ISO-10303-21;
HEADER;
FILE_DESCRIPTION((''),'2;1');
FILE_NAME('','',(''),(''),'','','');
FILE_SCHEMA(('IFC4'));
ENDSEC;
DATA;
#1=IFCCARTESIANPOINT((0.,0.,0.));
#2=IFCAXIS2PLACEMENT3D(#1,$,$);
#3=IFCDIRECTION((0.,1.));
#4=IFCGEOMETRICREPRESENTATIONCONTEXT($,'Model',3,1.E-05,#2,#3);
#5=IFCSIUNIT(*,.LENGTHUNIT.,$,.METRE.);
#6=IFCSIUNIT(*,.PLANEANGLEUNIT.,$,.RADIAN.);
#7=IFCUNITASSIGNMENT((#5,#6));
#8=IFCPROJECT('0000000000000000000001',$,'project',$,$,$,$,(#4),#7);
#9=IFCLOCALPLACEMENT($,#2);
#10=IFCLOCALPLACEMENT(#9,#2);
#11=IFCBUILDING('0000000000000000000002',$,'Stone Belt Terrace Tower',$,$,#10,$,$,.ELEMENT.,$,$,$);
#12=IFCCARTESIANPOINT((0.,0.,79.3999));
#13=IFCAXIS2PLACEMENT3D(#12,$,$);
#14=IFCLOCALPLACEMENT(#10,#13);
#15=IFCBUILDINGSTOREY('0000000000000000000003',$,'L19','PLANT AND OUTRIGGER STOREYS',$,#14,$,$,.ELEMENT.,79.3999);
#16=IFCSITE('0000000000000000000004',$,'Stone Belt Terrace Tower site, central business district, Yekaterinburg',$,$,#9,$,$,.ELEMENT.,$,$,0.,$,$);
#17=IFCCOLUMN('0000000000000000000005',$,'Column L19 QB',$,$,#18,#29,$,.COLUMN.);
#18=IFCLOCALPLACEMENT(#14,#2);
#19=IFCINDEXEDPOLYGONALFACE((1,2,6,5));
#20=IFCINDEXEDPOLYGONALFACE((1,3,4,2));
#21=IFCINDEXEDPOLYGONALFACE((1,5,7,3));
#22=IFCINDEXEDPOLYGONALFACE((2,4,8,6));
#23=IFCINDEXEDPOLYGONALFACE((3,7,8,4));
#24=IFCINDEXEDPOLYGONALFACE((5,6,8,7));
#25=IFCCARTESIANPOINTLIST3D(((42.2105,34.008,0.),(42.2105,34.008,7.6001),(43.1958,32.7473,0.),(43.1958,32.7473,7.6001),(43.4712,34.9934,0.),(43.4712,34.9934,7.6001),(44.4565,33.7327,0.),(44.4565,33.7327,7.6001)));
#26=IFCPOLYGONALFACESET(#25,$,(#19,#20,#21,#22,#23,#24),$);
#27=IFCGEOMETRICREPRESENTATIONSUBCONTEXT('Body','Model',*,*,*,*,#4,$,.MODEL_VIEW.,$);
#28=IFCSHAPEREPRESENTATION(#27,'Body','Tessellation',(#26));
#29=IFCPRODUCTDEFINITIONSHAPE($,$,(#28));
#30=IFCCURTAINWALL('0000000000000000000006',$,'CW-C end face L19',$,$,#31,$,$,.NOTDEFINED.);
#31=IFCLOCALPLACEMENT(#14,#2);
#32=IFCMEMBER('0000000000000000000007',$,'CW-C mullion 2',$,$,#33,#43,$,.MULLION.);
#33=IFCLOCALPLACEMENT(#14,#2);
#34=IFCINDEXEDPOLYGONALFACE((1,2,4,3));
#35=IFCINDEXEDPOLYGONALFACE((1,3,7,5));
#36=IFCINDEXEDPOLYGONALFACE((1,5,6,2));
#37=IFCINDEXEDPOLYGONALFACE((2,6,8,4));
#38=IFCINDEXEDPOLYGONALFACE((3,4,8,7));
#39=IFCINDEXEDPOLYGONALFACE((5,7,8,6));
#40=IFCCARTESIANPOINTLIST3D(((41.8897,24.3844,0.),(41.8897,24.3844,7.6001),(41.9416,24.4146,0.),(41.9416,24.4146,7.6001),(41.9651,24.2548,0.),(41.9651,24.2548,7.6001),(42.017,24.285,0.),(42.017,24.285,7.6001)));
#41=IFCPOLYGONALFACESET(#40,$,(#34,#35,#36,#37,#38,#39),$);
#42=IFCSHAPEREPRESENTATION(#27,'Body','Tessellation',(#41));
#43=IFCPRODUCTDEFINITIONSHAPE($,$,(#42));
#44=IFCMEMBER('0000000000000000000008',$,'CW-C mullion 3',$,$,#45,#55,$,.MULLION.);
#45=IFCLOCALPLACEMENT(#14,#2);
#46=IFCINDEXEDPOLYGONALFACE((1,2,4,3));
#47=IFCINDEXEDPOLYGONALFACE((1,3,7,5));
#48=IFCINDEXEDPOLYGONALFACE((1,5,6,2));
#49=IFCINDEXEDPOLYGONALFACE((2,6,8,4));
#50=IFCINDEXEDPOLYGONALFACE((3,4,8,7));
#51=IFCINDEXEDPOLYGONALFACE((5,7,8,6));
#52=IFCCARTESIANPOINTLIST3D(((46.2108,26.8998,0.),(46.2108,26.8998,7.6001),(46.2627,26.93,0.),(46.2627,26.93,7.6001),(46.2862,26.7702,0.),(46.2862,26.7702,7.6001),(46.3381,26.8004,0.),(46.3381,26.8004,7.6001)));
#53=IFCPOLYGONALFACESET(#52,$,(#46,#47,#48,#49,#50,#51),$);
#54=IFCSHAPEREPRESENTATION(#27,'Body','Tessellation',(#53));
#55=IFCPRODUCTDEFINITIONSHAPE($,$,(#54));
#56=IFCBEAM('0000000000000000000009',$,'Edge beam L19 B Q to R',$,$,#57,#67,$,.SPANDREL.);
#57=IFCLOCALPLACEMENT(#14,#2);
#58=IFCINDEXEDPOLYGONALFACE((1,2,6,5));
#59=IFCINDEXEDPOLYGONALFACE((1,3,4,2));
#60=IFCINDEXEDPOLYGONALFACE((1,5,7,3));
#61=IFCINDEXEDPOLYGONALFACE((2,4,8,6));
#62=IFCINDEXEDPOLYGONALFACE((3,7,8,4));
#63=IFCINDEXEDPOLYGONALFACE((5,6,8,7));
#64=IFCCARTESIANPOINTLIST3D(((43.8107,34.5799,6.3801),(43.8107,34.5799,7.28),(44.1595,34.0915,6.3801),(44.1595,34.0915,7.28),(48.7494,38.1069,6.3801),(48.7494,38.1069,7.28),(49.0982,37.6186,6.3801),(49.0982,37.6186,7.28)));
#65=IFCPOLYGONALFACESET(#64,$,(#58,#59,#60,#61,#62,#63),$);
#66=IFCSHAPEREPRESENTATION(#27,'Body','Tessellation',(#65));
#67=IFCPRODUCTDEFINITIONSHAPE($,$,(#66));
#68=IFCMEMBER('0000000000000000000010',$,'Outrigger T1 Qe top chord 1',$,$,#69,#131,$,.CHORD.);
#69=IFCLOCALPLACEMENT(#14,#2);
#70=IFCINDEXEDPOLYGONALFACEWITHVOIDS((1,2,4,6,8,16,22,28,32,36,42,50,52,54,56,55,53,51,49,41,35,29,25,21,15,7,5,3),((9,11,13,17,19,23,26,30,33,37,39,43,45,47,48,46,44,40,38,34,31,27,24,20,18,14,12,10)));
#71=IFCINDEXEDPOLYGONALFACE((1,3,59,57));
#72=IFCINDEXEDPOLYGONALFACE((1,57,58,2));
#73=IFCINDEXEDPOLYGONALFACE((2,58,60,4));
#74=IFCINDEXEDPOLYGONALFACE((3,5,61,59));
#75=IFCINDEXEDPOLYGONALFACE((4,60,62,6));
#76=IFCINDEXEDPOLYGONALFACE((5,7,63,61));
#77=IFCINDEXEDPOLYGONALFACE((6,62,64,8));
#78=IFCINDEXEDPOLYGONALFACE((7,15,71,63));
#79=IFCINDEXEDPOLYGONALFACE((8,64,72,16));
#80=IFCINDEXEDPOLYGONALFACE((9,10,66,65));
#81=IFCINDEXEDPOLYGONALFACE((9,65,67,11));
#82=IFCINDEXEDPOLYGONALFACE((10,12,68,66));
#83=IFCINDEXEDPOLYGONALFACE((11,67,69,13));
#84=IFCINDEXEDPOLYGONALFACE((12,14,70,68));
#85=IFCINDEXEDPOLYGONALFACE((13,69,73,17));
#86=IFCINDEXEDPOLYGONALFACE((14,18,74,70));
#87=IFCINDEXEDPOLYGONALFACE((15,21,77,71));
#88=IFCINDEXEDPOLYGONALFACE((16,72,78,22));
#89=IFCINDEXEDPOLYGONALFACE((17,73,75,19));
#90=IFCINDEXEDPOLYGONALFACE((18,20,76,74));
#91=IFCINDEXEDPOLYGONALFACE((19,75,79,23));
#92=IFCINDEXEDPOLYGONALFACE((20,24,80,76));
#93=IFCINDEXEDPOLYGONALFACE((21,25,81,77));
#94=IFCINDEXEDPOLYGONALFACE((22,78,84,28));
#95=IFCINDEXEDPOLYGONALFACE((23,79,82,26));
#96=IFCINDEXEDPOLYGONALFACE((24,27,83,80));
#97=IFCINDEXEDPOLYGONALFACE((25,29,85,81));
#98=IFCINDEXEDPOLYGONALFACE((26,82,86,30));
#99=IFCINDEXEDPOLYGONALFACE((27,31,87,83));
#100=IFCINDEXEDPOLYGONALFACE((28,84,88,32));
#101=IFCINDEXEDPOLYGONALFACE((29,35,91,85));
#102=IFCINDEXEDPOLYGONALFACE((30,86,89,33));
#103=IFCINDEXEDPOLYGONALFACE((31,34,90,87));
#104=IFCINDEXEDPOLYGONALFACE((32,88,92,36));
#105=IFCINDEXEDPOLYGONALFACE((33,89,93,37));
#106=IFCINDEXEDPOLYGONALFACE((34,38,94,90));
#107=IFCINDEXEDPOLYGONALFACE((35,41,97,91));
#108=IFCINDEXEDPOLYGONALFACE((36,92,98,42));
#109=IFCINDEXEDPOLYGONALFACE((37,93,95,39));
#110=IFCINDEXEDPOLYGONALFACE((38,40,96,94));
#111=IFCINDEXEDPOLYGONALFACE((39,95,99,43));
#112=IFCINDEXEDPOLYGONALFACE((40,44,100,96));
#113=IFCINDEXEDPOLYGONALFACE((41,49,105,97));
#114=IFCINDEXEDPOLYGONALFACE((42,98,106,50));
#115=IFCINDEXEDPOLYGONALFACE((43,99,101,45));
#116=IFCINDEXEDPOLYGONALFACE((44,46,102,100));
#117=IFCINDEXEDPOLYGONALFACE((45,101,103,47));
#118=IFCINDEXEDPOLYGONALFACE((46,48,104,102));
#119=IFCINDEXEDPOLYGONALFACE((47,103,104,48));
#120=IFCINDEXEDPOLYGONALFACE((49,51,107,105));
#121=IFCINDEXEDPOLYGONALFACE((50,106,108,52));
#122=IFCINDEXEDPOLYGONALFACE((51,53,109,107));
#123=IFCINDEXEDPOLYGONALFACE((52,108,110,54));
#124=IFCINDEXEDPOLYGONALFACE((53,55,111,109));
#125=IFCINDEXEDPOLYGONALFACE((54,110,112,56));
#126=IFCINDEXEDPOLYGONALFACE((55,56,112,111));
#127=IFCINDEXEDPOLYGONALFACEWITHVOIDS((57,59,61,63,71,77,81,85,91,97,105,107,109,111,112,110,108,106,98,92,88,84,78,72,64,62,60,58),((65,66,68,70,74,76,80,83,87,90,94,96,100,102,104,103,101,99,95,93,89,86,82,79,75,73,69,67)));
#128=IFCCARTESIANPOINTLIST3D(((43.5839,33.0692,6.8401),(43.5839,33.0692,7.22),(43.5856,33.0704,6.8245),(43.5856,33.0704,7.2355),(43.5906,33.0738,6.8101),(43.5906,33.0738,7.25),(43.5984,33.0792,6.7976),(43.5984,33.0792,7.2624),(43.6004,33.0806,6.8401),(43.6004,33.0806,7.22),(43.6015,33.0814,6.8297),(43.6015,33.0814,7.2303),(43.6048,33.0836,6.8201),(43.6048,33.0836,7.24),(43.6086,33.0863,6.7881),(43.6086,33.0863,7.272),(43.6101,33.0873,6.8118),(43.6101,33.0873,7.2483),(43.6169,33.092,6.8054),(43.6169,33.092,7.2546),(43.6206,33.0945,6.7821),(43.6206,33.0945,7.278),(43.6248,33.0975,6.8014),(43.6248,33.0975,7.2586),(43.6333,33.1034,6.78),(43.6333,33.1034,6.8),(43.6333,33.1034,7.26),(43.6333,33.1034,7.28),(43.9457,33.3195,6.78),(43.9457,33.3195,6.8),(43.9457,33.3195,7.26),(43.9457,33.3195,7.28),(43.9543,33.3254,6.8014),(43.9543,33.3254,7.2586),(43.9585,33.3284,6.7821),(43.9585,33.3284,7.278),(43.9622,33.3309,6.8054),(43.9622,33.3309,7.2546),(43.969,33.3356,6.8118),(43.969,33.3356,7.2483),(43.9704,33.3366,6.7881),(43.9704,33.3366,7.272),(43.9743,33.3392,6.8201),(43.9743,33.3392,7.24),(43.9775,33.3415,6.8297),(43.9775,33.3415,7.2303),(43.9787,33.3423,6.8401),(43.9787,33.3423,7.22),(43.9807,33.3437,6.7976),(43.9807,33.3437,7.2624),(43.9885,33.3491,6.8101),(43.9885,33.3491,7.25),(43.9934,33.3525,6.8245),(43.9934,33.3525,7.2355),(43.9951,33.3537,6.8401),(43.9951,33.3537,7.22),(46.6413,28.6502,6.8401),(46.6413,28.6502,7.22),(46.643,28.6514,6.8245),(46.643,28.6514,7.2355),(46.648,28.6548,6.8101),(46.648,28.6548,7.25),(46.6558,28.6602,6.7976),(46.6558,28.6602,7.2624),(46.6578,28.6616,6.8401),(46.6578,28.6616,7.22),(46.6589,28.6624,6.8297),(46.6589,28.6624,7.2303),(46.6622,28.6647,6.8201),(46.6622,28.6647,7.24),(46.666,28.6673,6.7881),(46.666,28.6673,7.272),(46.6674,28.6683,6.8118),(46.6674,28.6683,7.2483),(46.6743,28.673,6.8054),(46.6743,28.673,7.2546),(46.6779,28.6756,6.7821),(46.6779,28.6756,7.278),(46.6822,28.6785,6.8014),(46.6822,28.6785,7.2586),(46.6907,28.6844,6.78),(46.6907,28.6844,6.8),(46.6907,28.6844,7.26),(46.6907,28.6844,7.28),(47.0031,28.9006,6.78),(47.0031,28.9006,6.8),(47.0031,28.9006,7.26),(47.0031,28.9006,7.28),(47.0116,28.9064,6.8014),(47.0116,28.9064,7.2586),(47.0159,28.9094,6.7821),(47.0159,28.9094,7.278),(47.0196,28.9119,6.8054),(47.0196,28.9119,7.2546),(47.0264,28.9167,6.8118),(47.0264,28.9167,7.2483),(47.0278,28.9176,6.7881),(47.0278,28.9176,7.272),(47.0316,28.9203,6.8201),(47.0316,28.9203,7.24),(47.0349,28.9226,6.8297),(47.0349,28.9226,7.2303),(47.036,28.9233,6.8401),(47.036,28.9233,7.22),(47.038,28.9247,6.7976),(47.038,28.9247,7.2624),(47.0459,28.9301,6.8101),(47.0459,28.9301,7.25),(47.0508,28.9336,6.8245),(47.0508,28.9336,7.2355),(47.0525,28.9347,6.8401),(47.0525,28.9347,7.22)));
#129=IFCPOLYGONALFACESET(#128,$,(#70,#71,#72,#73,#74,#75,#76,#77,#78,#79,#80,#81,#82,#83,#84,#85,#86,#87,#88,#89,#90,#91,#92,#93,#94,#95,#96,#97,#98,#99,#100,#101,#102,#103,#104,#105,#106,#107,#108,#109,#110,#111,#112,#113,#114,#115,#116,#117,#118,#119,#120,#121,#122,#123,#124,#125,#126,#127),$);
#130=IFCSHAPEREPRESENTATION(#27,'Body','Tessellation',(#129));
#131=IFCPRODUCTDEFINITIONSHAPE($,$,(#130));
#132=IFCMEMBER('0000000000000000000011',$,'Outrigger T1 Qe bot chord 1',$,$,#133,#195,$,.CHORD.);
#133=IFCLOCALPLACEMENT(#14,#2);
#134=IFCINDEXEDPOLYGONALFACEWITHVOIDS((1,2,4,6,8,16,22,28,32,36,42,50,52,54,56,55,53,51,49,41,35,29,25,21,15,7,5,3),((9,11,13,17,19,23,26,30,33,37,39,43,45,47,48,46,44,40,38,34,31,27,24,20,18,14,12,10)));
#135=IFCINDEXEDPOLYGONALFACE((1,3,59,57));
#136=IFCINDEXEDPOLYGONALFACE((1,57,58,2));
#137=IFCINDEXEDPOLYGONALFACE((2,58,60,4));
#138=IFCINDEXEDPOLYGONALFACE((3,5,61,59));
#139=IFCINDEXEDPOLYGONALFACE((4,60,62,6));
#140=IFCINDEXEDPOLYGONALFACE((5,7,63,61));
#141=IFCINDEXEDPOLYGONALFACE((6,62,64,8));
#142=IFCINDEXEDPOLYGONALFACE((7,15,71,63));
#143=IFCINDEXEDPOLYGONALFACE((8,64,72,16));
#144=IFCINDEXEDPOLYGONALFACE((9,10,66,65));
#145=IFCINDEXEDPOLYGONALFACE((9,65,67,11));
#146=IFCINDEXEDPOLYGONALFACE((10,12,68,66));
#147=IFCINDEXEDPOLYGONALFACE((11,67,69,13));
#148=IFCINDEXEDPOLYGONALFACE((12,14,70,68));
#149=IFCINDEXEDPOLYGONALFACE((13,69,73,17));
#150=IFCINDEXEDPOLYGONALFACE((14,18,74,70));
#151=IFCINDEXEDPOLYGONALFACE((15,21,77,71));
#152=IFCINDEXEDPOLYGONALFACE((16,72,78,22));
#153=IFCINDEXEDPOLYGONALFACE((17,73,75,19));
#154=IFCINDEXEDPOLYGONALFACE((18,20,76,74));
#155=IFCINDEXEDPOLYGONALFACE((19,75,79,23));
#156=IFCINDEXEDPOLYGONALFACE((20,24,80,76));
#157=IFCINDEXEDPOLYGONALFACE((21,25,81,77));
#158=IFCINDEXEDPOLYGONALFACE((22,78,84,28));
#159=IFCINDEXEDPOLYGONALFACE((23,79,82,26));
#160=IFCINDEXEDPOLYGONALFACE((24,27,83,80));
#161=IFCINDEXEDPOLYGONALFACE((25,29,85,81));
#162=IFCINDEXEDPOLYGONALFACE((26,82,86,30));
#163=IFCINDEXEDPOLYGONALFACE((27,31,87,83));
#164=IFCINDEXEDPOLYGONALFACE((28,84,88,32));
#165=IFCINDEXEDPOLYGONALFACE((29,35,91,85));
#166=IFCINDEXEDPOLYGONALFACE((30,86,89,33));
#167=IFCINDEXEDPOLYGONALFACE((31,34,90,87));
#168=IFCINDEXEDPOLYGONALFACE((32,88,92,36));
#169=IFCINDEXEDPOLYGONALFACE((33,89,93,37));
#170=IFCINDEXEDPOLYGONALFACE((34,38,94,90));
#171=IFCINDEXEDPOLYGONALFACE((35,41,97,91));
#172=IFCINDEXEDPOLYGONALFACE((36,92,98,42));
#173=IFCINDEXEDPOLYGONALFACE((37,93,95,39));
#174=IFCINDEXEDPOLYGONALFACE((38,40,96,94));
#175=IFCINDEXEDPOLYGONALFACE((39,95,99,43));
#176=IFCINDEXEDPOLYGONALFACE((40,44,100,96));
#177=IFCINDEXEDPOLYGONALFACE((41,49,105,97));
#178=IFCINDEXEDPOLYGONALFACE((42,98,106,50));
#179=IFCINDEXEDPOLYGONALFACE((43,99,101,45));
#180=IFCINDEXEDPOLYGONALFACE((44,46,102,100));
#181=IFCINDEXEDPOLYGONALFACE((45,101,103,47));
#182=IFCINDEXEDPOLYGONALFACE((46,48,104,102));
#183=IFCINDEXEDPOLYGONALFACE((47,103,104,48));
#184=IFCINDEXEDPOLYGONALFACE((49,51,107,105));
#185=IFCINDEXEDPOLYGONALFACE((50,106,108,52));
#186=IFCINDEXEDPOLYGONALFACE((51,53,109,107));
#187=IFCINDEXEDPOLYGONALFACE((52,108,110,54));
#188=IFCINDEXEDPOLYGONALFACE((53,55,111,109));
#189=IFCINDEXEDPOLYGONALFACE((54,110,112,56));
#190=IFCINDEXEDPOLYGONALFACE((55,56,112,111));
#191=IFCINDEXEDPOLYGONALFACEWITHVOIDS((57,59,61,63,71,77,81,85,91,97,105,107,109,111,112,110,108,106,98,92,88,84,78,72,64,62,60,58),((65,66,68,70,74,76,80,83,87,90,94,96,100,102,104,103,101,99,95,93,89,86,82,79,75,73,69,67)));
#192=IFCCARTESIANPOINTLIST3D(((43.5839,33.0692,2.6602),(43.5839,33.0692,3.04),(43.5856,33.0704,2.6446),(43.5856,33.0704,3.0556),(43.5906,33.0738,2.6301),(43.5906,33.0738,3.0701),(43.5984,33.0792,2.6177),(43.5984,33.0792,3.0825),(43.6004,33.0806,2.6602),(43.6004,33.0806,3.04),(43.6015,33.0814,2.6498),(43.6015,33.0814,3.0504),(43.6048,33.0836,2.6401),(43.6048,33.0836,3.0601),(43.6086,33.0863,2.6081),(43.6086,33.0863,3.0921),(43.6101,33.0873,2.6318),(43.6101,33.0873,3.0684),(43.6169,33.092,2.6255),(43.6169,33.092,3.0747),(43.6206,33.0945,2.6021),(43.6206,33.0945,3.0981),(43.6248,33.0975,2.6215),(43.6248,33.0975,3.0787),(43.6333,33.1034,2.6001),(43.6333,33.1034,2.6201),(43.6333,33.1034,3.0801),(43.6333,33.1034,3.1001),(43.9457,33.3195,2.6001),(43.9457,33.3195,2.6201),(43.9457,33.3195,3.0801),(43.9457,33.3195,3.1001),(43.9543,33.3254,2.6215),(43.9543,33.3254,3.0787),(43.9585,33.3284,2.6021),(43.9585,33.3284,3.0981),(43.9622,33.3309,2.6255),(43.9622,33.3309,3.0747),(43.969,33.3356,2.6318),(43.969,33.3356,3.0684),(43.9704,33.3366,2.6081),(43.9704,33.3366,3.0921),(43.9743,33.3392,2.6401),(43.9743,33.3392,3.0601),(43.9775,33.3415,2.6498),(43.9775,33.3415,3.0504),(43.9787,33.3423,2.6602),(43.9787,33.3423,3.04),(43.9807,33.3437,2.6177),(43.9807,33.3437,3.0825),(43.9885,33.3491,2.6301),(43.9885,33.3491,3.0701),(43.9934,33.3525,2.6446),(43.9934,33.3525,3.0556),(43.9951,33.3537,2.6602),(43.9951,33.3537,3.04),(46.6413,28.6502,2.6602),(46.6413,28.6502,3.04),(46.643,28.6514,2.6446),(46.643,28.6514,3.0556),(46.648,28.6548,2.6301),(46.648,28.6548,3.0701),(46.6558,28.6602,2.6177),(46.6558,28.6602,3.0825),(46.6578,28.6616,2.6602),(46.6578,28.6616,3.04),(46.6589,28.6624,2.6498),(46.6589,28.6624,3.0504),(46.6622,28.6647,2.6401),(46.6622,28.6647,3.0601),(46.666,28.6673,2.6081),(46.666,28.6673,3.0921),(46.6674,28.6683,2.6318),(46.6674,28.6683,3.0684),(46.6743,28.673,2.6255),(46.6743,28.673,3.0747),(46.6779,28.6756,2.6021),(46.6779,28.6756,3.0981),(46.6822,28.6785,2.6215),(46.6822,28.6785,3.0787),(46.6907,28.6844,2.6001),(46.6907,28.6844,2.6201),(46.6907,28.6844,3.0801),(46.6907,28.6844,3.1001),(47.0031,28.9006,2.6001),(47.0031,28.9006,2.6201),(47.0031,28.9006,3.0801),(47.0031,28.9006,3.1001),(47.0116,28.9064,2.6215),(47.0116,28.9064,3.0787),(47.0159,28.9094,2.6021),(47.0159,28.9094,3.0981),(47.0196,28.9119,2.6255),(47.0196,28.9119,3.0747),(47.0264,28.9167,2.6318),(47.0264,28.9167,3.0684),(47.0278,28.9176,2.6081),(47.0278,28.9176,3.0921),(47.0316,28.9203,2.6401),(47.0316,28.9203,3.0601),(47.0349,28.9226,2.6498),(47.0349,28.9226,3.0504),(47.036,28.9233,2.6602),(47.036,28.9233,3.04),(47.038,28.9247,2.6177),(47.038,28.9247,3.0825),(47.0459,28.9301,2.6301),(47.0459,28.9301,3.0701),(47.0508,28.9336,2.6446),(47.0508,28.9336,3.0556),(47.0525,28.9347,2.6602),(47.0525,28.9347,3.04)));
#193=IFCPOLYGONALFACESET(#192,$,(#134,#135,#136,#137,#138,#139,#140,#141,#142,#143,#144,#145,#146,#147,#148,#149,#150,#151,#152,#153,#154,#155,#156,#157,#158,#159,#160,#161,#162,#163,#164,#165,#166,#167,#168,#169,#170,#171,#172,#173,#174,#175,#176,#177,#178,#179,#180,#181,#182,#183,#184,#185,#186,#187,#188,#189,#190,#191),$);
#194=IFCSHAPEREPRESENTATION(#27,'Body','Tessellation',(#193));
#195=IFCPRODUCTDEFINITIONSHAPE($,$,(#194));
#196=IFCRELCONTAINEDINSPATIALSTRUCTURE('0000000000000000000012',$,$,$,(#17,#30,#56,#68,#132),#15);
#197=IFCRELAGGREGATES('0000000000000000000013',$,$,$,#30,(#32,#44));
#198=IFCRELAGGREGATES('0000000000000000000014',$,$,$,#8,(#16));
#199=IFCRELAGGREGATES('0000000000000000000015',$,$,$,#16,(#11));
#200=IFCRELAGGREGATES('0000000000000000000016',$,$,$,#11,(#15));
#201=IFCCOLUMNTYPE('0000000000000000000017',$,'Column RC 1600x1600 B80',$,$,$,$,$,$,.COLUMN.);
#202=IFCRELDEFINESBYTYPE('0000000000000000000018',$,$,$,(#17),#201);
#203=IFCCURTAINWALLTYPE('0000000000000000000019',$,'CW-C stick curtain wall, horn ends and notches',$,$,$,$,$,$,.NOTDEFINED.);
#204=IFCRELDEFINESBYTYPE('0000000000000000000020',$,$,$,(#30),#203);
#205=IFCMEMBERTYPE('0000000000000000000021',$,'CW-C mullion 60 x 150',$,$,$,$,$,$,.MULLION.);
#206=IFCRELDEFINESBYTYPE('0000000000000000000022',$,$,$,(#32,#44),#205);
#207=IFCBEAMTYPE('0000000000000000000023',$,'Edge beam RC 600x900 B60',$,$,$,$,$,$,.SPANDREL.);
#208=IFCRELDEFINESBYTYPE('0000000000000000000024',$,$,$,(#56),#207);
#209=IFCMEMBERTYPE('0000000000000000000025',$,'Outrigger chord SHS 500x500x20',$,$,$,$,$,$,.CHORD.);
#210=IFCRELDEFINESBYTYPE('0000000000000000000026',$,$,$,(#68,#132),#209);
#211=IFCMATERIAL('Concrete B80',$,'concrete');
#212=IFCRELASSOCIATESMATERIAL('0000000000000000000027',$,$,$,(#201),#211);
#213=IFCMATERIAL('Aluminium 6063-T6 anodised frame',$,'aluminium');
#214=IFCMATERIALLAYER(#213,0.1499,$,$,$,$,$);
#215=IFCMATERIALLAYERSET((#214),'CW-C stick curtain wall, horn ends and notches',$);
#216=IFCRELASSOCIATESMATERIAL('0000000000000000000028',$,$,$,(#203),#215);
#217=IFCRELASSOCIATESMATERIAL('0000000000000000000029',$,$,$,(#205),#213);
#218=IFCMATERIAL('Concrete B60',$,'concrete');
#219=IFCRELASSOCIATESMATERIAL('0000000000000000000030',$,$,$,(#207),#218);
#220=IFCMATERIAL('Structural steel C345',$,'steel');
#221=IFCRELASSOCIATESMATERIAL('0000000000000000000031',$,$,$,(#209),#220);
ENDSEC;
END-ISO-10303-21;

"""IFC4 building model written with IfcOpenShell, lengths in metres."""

from ifc_helpers import new_model, si_unit, direction, frame, origin, origin_2d, place, context, subcontext, project, spatial, rectangle, hollow_rectangle, extrude, material, layer, layer_set, material_profile, profile_set, type_object, element, aggregate, save


model = new_model("IFC4")

# Units and contexts
model_context = context("Model", 3, precision=1e-05, world=origin(), true_north=direction((0.0, 1.0)))
body_context = subcontext(model_context, "Body", "Model", "MODEL_VIEW")
ifc_project = project(units=[si_unit("LENGTHUNIT", "METRE"), si_unit("PLANEANGLEUNIT", "RADIAN")], contexts=[model_context])

# Site, building, storey
site_placement = place(None, origin())
site = spatial("IfcSite", under=ifc_project, at=site_placement, Name="Stone Belt Terrace Tower site, central business district, Yekaterinburg", CompositionType="ELEMENT", RefElevation=0.0)
building_placement = place(site_placement, origin())
building = spatial("IfcBuilding", under=site, at=building_placement, Name="Stone Belt Terrace Tower", CompositionType="ELEMENT")
storey_placement = place(building_placement, frame((0.0, 0.0, 79.3999)))
storey = spatial("IfcBuildingStorey", under=building, at=storey_placement, Name="L19", Description="PLANT AND OUTRIGGER STOREYS", CompositionType="ELEMENT", Elevation=79.3999)

# Column
ifc_material_1 = material(Name="Concrete B80", Category="concrete")
ifc_material_profile_1 = material_profile(ifc_material_1, rectangle(XDim=1.6001, YDim=1.6001, at=origin_2d()), Name="RC 1600x1600")
ifc_profile_set_1 = profile_set([ifc_material_profile_1], Name="Concrete B80")
column_type = type_object("IfcColumnType", Name="Column RC 1600x1600 B80", PredefinedType="COLUMN", material=ifc_profile_set_1)
column_placement = place(storey_placement, frame((43.3335, 33.8704, 0.0), z_axis=(0.0, 0.0, 1.0), x_axis=(0.615825, -0.787883, 0.0)))
element("IfcColumn", 1, at=column_placement, inside=storey, type_object=column_type, Name="Column L19 QB", PredefinedType="COLUMN", context=body_context, shape_type="SweptSolid", body=[
    extrude(rectangle(XDim=1.6001, YDim=1.6001, at=origin_2d()), origin(), (0.0, 0.0, 1.0), 7.6001),
])

# Curtain wall, members
ifc_material_2 = material(Name="Aluminium 6063-T6 anodised frame", Category="aluminium")
ifc_layer_1 = layer(ifc_material_2, 0.1499)
ifc_layer_set_1 = layer_set([ifc_layer_1], Name="CW-C stick curtain wall, horn ends and notches")
curtain_wall_type = type_object("IfcCurtainWallType", Name="CW-C stick curtain wall, horn ends and notches", PredefinedType="NOTDEFINED", material=ifc_layer_set_1)
curtain_wall_placement = place(storey_placement, origin())
curtain_wall = element("IfcCurtainWall", 2, at=curtain_wall_placement, inside=storey, type_object=curtain_wall_type, Name="CW-C end face L19", PredefinedType="NOTDEFINED")
ifc_material_profile_2 = material_profile(ifc_material_2, rectangle(XDim=0.1499, YDim=0.0601, at=origin_2d()), Name="Aluminium 6063-T6 60x150")
ifc_profile_set_2 = profile_set([ifc_material_profile_2], Name="Aluminium 6063-T6 anodised frame")
member_type_1 = type_object("IfcMemberType", Name="CW-C mullion 60 x 150", PredefinedType="MULLION", material=ifc_profile_set_2)
member_1_placement = place(storey_placement, frame((41.9534, 24.3347, 0.0), z_axis=(0.0, 0.0, 1.0), x_axis=(-0.503081, 0.864239, 0.0)))
member_1 = element("IfcMember", 3, at=member_1_placement, type_object=member_type_1, Name="CW-C mullion 2", PredefinedType="MULLION", context=body_context, shape_type="SweptSolid", body=[
    extrude(rectangle(XDim=0.1499, YDim=0.0601, at=origin_2d()), origin(), (0.0, 0.0, 1.0), 7.6001),
])
member_2_placement = place(storey_placement, frame((46.2744, 26.8501, 0.0), z_axis=(0.0, 0.0, 1.0), x_axis=(-0.503081, 0.864239, 0.0)))
member_2 = element("IfcMember", 4, at=member_2_placement, type_object=member_type_1, Name="CW-C mullion 3", PredefinedType="MULLION", context=body_context, shape_type="SweptSolid", body=[
    extrude(rectangle(XDim=0.1499, YDim=0.0601, at=origin_2d()), origin(), (0.0, 0.0, 1.0), 7.6001),
])

# Beam
ifc_material_3 = material(Name="Concrete B60", Category="concrete")
ifc_material_profile_3 = material_profile(ifc_material_3, rectangle(XDim=0.6001, YDim=0.8999, at=origin_2d()), Name="RC 600x900")
ifc_profile_set_3 = profile_set([ifc_material_profile_3], Name="Concrete B60")
beam_type = type_object("IfcBeamType", Name="Edge beam RC 600x900 B60", PredefinedType="SPANDREL", material=ifc_profile_set_3)
beam_placement = place(storey_placement, frame((43.9851, 34.3357, 6.8301), z_axis=(0.813777, 0.581177, 0.0), x_axis=(-0.581177, 0.813777, 0.0)))
element("IfcBeam", 5, at=beam_placement, inside=storey, type_object=beam_type, Name="Edge beam L19 B Q to R", PredefinedType="SPANDREL", context=body_context, shape_type="SweptSolid", body=[
    extrude(rectangle(XDim=0.6001, YDim=0.8999, at=origin_2d()), origin(), (0.0, 0.0, 1.0), 6.0688),
])

# Members
ifc_material_4 = material(Name="Structural steel C345", Category="steel")
ifc_material_profile_4 = material_profile(ifc_material_4, hollow_rectangle(XDim=0.5, YDim=0.5, WallThickness=0.02, InnerFilletRadius=0.04, OuterFilletRadius=0.0601, at=origin_2d()), Name="SHS 500x500x20")
ifc_profile_set_4 = profile_set([ifc_material_profile_4], Name="Structural steel C345")
member_type_2 = type_object("IfcMemberType", Name="Outrigger chord SHS 500x500x20", PredefinedType="CHORD", material=ifc_profile_set_4)
for number, where, z_axis, x_axis, name in (
    (6, (46.8469, 28.7925, 7.03), (-0.568971, 0.822357, 0.0), (-0.822357, -0.568971, 0.0), "Outrigger T1 Qe top chord 1"),
    (7, (46.8469, 28.7925, 2.8501), (-0.568971, 0.822357, 0.0), (-0.822357, -0.568971, 0.0), "Outrigger T1 Qe bot chord 1"),
):
    element("IfcMember", number, at=place(storey_placement, frame(where, z_axis=z_axis, x_axis=x_axis)), inside=storey, type_object=member_type_2, Name=name, PredefinedType="CHORD", context=body_context, shape_type="SweptSolid", body=[
        extrude(hollow_rectangle(XDim=0.5, YDim=0.5, WallThickness=0.02, InnerFilletRadius=0.04, OuterFilletRadius=0.0601, at=origin_2d()), origin(), (0.0, 0.0, 1.0), 5.3735),
    ])

aggregate(curtain_wall, [member_1, member_2])

save(model, "model.ifc")
